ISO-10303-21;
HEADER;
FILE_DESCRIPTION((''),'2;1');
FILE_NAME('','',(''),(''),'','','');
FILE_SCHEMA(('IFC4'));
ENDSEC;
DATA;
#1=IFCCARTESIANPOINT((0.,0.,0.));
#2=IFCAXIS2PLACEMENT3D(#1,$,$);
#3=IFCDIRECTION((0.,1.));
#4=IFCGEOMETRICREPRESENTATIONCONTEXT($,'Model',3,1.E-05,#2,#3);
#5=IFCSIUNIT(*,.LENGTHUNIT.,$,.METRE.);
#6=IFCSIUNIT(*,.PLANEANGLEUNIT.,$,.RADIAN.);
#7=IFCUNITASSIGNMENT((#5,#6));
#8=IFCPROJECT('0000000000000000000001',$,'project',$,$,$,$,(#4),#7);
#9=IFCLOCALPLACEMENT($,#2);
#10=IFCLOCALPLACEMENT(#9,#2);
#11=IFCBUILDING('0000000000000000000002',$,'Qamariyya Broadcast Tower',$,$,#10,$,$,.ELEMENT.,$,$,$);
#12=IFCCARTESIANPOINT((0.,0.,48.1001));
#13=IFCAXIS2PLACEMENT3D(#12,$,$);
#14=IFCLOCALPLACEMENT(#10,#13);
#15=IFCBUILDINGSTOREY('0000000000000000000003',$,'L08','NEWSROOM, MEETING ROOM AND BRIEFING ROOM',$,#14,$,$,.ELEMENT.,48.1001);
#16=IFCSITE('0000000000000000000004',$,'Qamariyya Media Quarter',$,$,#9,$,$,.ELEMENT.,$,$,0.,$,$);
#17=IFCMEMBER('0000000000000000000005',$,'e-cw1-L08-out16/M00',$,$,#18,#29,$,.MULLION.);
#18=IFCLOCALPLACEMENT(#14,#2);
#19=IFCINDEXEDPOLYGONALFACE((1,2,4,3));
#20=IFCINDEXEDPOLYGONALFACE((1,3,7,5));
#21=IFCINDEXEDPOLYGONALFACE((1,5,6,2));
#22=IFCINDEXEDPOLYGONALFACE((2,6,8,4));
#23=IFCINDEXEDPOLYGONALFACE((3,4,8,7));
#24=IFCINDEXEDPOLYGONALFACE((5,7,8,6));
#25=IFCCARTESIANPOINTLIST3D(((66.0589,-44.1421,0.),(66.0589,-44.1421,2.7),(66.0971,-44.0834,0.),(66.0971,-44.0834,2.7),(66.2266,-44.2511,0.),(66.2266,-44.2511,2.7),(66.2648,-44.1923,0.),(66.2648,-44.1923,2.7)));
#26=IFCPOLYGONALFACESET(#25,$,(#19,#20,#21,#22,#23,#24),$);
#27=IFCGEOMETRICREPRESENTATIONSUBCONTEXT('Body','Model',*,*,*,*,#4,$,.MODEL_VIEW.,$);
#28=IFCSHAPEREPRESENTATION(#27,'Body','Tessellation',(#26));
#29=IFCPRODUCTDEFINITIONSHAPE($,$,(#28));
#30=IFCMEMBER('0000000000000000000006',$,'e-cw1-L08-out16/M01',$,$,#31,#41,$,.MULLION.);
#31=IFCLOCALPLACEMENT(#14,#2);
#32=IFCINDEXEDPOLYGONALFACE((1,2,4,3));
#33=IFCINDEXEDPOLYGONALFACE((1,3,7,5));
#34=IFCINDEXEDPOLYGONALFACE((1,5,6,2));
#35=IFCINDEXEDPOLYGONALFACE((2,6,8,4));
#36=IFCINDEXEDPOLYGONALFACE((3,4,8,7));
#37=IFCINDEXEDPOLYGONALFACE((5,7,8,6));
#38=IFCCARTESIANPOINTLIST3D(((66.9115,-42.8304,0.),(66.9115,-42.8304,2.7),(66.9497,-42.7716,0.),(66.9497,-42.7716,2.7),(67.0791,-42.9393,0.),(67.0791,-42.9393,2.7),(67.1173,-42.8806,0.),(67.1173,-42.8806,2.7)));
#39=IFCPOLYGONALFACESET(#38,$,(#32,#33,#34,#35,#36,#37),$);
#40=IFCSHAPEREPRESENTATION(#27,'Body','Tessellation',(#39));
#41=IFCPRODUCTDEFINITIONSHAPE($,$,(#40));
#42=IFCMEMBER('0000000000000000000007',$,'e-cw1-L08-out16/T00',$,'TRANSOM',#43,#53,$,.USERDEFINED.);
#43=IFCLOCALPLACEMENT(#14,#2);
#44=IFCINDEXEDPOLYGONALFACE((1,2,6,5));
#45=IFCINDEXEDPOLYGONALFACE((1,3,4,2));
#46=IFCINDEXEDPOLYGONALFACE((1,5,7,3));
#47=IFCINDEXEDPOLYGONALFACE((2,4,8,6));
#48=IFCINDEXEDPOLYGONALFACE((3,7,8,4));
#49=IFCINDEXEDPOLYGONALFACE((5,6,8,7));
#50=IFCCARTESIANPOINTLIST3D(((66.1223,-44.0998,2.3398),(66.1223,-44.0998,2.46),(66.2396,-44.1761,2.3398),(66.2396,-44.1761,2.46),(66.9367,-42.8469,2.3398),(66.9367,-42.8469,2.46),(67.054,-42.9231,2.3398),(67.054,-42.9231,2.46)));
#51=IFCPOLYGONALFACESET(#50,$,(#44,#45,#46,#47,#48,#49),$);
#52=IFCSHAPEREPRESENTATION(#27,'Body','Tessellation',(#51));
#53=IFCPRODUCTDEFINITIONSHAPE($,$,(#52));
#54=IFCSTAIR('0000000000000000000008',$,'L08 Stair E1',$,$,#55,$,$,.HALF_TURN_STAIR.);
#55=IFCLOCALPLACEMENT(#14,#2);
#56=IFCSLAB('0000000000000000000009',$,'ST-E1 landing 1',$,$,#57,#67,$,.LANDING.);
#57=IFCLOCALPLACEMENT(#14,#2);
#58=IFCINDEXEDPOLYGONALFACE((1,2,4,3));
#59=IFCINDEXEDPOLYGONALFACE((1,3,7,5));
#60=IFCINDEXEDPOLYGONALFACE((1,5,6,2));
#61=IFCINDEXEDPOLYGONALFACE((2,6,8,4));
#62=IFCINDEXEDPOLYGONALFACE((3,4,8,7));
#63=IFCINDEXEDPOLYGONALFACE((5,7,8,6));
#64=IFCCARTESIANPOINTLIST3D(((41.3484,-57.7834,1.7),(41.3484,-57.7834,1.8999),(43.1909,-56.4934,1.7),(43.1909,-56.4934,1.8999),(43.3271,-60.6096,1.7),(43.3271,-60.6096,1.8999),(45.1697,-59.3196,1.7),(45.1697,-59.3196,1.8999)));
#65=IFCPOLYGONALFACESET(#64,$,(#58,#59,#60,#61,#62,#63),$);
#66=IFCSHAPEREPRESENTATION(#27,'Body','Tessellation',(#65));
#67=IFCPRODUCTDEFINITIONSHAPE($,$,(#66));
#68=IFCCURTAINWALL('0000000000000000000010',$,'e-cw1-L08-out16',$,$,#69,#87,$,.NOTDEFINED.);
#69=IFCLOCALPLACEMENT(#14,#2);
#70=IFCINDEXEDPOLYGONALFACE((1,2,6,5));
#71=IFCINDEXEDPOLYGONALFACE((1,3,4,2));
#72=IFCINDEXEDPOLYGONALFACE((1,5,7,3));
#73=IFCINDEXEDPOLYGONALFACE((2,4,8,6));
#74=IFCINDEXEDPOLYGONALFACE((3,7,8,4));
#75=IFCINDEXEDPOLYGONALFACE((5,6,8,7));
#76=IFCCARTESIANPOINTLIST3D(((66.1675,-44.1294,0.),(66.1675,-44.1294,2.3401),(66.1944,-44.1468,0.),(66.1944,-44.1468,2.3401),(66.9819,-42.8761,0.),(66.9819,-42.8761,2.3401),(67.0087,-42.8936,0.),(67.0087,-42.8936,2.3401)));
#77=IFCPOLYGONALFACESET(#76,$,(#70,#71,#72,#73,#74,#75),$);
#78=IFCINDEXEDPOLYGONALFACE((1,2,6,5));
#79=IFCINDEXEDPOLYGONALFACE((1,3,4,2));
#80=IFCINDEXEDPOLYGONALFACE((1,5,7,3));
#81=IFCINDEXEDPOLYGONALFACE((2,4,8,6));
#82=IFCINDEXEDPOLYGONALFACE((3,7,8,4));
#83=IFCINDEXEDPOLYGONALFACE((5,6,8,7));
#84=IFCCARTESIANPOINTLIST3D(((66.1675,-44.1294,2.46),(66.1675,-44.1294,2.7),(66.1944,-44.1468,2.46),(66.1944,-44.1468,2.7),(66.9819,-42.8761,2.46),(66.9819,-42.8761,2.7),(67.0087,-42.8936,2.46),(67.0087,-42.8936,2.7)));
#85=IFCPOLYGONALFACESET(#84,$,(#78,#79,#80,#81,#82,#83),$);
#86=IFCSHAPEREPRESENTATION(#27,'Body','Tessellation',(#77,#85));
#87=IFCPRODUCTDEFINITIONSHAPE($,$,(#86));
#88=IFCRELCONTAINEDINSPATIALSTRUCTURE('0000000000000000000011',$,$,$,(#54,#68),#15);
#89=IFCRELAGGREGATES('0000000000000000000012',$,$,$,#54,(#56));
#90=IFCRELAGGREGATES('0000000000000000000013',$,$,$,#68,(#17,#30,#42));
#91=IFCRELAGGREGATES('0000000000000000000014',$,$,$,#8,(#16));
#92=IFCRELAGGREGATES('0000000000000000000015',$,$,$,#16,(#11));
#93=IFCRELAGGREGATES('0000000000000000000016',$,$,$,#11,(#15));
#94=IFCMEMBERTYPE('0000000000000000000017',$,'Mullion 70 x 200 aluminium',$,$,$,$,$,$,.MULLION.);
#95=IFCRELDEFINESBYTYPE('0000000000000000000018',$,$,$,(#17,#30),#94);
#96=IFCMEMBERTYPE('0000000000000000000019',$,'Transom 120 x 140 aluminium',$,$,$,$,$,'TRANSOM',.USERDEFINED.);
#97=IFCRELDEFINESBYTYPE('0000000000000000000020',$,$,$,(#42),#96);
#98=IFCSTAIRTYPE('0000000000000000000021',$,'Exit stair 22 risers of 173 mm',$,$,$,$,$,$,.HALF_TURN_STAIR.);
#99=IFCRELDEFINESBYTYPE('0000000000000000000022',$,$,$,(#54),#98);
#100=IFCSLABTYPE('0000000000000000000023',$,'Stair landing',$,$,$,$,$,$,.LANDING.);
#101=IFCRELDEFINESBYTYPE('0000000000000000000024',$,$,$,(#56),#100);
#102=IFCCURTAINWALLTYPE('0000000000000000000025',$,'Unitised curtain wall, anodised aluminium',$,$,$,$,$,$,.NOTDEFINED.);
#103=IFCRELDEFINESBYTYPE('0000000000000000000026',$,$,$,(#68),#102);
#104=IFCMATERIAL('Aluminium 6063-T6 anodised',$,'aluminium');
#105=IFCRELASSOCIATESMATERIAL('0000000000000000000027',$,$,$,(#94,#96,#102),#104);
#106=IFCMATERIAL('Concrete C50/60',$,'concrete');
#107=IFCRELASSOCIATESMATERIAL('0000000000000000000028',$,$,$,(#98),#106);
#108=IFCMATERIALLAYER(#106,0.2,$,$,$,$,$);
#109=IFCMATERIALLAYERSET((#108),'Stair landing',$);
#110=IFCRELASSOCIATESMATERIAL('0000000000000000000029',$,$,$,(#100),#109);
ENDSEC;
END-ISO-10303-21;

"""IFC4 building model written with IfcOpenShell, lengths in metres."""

from ifc_helpers import new_model, si_unit, direction, frame, origin, origin_2d, place, context, subcontext, project, spatial, polyline, rectangle, outline, extrude, material, layer, layer_set, material_profile, profile_set, type_object, element, aggregate, save


model = new_model("IFC4")

# Units and contexts
model_context = context("Model", 3, precision=1e-05, world=origin(), true_north=direction((0.0, 1.0)))
body_context = subcontext(model_context, "Body", "Model", "MODEL_VIEW")
ifc_project = project(units=[si_unit("LENGTHUNIT", "METRE"), si_unit("PLANEANGLEUNIT", "RADIAN")], contexts=[model_context])

# Members
ifc_material_1 = material(Name="Aluminium 6063-T6 anodised", Category="aluminium")
ifc_material_profile_1 = material_profile(ifc_material_1, rectangle(XDim=0.2, YDim=0.0701, at=origin_2d()))
ifc_profile_set_1 = profile_set([ifc_material_profile_1], Name="Aluminium 6063-T6 anodised")
member_type_1 = type_object("IfcMemberType", Name="Mullion 70 x 200 aluminium", PredefinedType="MULLION", material=ifc_profile_set_1)
site_placement = place(None, origin())
building_placement = place(site_placement, origin())
storey_placement = place(building_placement, frame((0.0, 0.0, 48.1001)))
member_1_placement = place(storey_placement, frame((66.1619, -44.1672, 0.0), z_axis=(0.0, 0.0, 1.0), x_axis=(-0.838446, 0.544985, 0.0)))
member_1 = element("IfcMember", 1, at=member_1_placement, type_object=member_type_1, Name="e-cw1-L08-out16/M00", PredefinedType="MULLION", context=body_context, shape_type="SweptSolid", body=[
    extrude(rectangle(XDim=0.2, YDim=0.0701, at=origin_2d()), origin(), (0.0, 0.0, 1.0), 2.7),
])
member_2_placement = place(storey_placement, frame((67.0144, -42.8555, 0.0), z_axis=(0.0, 0.0, 1.0), x_axis=(-0.838446, 0.544985, 0.0)))
member_2 = element("IfcMember", 2, at=member_2_placement, type_object=member_type_1, Name="e-cw1-L08-out16/M01", PredefinedType="MULLION", context=body_context, shape_type="SweptSolid", body=[
    extrude(rectangle(XDim=0.2, YDim=0.0701, at=origin_2d()), origin(), (0.0, 0.0, 1.0), 2.7),
])
ifc_material_profile_2 = material_profile(ifc_material_1, rectangle(XDim=0.1399, YDim=0.1201, at=origin_2d()))
ifc_profile_set_2 = profile_set([ifc_material_profile_2], Name="Aluminium 6063-T6 anodised")
member_type_2 = type_object("IfcMemberType", Name="Transom 120 x 140 aluminium", ElementType="TRANSOM", PredefinedType="USERDEFINED", material=ifc_profile_set_2)
member_3_placement = place(storey_placement, frame((66.1809, -44.1379, 2.3999), z_axis=(0.545011, 0.838429, 0.0), x_axis=(-0.838429, 0.545011, 0.0)))
member_3 = element("IfcMember", 3, at=member_3_placement, type_object=member_type_2, Name="e-cw1-L08-out16/T00", ObjectType="TRANSOM", PredefinedType="USERDEFINED", context=body_context, shape_type="SweptSolid", body=[
    extrude(rectangle(XDim=0.1399, YDim=0.1201, at=origin_2d()), origin(), (0.0, 0.0, 1.0), 1.4944),
])

# Site, building, storey
site = spatial("IfcSite", under=ifc_project, at=site_placement, Name="Qamariyya Media Quarter", CompositionType="ELEMENT", RefElevation=0.0)
building = spatial("IfcBuilding", under=site, at=building_placement, Name="Qamariyya Broadcast Tower", CompositionType="ELEMENT")
storey = spatial("IfcBuildingStorey", under=building, at=storey_placement, Name="L08", Description="NEWSROOM, MEETING ROOM AND BRIEFING ROOM", CompositionType="ELEMENT", Elevation=48.1001)

# Stair, slab
ifc_material_2 = material(Name="Concrete C50/60", Category="concrete")
stair_type = type_object("IfcStairType", Name="Exit stair 22 risers of 173 mm", PredefinedType="HALF_TURN_STAIR", material=ifc_material_2)
stair_placement = place(storey_placement, origin())
stair = element("IfcStair", 4, at=stair_placement, inside=storey, type_object=stair_type, Name="L08 Stair E1", PredefinedType="HALF_TURN_STAIR")
ifc_layer = layer(ifc_material_2, 0.2)
ifc_layer_set = layer_set([ifc_layer], Name="Stair landing")
slab_type = type_object("IfcSlabType", Name="Stair landing", PredefinedType="LANDING", material=ifc_layer_set)
slab_placement = place(storey_placement, frame((0.0, 0.0, 1.7)))
slab = element("IfcSlab", 5, at=slab_placement, type_object=slab_type, Name="ST-E1 landing 1", PredefinedType="LANDING", context=body_context, shape_type="SweptSolid", body=[
    extrude(outline(polyline([(43.1909, -56.4934), (41.3484, -57.7834), (43.3271, -60.6096), (45.1697, -59.3196), (43.1909, -56.4934)])), origin(), (0.0, 0.0, 1.0), 0.2),
])
aggregate(stair, [slab])

# Curtain wall
curtain_wall_type = type_object("IfcCurtainWallType", Name="Unitised curtain wall, anodised aluminium", PredefinedType="NOTDEFINED", material=ifc_material_1)
curtain_wall_1_placement = place(storey_placement, origin())
curtain_wall_1 = element("IfcCurtainWall", 6, at=curtain_wall_1_placement, inside=storey, type_object=curtain_wall_type, Name="e-cw1-L08-out16", PredefinedType="NOTDEFINED", context=body_context, shape_type="SweptSolid", body=[
    extrude(rectangle(XDim=1.4946, YDim=0.032, at=origin_2d()), frame((66.5881, -43.5115, 0.0), x_axis=(0.544873, 0.838519, 0.0)), (0.0, 0.0, 1.0), 2.3401),
    extrude(rectangle(XDim=1.4946, YDim=0.032, at=origin_2d()), frame((66.5881, -43.5115, 2.46), x_axis=(0.544873, 0.838519, 0.0)), (0.0, 0.0, 1.0), 0.24),
])
aggregate(curtain_wall_1, [member_1, member_2, member_3])

save(model, "model.ifc")
